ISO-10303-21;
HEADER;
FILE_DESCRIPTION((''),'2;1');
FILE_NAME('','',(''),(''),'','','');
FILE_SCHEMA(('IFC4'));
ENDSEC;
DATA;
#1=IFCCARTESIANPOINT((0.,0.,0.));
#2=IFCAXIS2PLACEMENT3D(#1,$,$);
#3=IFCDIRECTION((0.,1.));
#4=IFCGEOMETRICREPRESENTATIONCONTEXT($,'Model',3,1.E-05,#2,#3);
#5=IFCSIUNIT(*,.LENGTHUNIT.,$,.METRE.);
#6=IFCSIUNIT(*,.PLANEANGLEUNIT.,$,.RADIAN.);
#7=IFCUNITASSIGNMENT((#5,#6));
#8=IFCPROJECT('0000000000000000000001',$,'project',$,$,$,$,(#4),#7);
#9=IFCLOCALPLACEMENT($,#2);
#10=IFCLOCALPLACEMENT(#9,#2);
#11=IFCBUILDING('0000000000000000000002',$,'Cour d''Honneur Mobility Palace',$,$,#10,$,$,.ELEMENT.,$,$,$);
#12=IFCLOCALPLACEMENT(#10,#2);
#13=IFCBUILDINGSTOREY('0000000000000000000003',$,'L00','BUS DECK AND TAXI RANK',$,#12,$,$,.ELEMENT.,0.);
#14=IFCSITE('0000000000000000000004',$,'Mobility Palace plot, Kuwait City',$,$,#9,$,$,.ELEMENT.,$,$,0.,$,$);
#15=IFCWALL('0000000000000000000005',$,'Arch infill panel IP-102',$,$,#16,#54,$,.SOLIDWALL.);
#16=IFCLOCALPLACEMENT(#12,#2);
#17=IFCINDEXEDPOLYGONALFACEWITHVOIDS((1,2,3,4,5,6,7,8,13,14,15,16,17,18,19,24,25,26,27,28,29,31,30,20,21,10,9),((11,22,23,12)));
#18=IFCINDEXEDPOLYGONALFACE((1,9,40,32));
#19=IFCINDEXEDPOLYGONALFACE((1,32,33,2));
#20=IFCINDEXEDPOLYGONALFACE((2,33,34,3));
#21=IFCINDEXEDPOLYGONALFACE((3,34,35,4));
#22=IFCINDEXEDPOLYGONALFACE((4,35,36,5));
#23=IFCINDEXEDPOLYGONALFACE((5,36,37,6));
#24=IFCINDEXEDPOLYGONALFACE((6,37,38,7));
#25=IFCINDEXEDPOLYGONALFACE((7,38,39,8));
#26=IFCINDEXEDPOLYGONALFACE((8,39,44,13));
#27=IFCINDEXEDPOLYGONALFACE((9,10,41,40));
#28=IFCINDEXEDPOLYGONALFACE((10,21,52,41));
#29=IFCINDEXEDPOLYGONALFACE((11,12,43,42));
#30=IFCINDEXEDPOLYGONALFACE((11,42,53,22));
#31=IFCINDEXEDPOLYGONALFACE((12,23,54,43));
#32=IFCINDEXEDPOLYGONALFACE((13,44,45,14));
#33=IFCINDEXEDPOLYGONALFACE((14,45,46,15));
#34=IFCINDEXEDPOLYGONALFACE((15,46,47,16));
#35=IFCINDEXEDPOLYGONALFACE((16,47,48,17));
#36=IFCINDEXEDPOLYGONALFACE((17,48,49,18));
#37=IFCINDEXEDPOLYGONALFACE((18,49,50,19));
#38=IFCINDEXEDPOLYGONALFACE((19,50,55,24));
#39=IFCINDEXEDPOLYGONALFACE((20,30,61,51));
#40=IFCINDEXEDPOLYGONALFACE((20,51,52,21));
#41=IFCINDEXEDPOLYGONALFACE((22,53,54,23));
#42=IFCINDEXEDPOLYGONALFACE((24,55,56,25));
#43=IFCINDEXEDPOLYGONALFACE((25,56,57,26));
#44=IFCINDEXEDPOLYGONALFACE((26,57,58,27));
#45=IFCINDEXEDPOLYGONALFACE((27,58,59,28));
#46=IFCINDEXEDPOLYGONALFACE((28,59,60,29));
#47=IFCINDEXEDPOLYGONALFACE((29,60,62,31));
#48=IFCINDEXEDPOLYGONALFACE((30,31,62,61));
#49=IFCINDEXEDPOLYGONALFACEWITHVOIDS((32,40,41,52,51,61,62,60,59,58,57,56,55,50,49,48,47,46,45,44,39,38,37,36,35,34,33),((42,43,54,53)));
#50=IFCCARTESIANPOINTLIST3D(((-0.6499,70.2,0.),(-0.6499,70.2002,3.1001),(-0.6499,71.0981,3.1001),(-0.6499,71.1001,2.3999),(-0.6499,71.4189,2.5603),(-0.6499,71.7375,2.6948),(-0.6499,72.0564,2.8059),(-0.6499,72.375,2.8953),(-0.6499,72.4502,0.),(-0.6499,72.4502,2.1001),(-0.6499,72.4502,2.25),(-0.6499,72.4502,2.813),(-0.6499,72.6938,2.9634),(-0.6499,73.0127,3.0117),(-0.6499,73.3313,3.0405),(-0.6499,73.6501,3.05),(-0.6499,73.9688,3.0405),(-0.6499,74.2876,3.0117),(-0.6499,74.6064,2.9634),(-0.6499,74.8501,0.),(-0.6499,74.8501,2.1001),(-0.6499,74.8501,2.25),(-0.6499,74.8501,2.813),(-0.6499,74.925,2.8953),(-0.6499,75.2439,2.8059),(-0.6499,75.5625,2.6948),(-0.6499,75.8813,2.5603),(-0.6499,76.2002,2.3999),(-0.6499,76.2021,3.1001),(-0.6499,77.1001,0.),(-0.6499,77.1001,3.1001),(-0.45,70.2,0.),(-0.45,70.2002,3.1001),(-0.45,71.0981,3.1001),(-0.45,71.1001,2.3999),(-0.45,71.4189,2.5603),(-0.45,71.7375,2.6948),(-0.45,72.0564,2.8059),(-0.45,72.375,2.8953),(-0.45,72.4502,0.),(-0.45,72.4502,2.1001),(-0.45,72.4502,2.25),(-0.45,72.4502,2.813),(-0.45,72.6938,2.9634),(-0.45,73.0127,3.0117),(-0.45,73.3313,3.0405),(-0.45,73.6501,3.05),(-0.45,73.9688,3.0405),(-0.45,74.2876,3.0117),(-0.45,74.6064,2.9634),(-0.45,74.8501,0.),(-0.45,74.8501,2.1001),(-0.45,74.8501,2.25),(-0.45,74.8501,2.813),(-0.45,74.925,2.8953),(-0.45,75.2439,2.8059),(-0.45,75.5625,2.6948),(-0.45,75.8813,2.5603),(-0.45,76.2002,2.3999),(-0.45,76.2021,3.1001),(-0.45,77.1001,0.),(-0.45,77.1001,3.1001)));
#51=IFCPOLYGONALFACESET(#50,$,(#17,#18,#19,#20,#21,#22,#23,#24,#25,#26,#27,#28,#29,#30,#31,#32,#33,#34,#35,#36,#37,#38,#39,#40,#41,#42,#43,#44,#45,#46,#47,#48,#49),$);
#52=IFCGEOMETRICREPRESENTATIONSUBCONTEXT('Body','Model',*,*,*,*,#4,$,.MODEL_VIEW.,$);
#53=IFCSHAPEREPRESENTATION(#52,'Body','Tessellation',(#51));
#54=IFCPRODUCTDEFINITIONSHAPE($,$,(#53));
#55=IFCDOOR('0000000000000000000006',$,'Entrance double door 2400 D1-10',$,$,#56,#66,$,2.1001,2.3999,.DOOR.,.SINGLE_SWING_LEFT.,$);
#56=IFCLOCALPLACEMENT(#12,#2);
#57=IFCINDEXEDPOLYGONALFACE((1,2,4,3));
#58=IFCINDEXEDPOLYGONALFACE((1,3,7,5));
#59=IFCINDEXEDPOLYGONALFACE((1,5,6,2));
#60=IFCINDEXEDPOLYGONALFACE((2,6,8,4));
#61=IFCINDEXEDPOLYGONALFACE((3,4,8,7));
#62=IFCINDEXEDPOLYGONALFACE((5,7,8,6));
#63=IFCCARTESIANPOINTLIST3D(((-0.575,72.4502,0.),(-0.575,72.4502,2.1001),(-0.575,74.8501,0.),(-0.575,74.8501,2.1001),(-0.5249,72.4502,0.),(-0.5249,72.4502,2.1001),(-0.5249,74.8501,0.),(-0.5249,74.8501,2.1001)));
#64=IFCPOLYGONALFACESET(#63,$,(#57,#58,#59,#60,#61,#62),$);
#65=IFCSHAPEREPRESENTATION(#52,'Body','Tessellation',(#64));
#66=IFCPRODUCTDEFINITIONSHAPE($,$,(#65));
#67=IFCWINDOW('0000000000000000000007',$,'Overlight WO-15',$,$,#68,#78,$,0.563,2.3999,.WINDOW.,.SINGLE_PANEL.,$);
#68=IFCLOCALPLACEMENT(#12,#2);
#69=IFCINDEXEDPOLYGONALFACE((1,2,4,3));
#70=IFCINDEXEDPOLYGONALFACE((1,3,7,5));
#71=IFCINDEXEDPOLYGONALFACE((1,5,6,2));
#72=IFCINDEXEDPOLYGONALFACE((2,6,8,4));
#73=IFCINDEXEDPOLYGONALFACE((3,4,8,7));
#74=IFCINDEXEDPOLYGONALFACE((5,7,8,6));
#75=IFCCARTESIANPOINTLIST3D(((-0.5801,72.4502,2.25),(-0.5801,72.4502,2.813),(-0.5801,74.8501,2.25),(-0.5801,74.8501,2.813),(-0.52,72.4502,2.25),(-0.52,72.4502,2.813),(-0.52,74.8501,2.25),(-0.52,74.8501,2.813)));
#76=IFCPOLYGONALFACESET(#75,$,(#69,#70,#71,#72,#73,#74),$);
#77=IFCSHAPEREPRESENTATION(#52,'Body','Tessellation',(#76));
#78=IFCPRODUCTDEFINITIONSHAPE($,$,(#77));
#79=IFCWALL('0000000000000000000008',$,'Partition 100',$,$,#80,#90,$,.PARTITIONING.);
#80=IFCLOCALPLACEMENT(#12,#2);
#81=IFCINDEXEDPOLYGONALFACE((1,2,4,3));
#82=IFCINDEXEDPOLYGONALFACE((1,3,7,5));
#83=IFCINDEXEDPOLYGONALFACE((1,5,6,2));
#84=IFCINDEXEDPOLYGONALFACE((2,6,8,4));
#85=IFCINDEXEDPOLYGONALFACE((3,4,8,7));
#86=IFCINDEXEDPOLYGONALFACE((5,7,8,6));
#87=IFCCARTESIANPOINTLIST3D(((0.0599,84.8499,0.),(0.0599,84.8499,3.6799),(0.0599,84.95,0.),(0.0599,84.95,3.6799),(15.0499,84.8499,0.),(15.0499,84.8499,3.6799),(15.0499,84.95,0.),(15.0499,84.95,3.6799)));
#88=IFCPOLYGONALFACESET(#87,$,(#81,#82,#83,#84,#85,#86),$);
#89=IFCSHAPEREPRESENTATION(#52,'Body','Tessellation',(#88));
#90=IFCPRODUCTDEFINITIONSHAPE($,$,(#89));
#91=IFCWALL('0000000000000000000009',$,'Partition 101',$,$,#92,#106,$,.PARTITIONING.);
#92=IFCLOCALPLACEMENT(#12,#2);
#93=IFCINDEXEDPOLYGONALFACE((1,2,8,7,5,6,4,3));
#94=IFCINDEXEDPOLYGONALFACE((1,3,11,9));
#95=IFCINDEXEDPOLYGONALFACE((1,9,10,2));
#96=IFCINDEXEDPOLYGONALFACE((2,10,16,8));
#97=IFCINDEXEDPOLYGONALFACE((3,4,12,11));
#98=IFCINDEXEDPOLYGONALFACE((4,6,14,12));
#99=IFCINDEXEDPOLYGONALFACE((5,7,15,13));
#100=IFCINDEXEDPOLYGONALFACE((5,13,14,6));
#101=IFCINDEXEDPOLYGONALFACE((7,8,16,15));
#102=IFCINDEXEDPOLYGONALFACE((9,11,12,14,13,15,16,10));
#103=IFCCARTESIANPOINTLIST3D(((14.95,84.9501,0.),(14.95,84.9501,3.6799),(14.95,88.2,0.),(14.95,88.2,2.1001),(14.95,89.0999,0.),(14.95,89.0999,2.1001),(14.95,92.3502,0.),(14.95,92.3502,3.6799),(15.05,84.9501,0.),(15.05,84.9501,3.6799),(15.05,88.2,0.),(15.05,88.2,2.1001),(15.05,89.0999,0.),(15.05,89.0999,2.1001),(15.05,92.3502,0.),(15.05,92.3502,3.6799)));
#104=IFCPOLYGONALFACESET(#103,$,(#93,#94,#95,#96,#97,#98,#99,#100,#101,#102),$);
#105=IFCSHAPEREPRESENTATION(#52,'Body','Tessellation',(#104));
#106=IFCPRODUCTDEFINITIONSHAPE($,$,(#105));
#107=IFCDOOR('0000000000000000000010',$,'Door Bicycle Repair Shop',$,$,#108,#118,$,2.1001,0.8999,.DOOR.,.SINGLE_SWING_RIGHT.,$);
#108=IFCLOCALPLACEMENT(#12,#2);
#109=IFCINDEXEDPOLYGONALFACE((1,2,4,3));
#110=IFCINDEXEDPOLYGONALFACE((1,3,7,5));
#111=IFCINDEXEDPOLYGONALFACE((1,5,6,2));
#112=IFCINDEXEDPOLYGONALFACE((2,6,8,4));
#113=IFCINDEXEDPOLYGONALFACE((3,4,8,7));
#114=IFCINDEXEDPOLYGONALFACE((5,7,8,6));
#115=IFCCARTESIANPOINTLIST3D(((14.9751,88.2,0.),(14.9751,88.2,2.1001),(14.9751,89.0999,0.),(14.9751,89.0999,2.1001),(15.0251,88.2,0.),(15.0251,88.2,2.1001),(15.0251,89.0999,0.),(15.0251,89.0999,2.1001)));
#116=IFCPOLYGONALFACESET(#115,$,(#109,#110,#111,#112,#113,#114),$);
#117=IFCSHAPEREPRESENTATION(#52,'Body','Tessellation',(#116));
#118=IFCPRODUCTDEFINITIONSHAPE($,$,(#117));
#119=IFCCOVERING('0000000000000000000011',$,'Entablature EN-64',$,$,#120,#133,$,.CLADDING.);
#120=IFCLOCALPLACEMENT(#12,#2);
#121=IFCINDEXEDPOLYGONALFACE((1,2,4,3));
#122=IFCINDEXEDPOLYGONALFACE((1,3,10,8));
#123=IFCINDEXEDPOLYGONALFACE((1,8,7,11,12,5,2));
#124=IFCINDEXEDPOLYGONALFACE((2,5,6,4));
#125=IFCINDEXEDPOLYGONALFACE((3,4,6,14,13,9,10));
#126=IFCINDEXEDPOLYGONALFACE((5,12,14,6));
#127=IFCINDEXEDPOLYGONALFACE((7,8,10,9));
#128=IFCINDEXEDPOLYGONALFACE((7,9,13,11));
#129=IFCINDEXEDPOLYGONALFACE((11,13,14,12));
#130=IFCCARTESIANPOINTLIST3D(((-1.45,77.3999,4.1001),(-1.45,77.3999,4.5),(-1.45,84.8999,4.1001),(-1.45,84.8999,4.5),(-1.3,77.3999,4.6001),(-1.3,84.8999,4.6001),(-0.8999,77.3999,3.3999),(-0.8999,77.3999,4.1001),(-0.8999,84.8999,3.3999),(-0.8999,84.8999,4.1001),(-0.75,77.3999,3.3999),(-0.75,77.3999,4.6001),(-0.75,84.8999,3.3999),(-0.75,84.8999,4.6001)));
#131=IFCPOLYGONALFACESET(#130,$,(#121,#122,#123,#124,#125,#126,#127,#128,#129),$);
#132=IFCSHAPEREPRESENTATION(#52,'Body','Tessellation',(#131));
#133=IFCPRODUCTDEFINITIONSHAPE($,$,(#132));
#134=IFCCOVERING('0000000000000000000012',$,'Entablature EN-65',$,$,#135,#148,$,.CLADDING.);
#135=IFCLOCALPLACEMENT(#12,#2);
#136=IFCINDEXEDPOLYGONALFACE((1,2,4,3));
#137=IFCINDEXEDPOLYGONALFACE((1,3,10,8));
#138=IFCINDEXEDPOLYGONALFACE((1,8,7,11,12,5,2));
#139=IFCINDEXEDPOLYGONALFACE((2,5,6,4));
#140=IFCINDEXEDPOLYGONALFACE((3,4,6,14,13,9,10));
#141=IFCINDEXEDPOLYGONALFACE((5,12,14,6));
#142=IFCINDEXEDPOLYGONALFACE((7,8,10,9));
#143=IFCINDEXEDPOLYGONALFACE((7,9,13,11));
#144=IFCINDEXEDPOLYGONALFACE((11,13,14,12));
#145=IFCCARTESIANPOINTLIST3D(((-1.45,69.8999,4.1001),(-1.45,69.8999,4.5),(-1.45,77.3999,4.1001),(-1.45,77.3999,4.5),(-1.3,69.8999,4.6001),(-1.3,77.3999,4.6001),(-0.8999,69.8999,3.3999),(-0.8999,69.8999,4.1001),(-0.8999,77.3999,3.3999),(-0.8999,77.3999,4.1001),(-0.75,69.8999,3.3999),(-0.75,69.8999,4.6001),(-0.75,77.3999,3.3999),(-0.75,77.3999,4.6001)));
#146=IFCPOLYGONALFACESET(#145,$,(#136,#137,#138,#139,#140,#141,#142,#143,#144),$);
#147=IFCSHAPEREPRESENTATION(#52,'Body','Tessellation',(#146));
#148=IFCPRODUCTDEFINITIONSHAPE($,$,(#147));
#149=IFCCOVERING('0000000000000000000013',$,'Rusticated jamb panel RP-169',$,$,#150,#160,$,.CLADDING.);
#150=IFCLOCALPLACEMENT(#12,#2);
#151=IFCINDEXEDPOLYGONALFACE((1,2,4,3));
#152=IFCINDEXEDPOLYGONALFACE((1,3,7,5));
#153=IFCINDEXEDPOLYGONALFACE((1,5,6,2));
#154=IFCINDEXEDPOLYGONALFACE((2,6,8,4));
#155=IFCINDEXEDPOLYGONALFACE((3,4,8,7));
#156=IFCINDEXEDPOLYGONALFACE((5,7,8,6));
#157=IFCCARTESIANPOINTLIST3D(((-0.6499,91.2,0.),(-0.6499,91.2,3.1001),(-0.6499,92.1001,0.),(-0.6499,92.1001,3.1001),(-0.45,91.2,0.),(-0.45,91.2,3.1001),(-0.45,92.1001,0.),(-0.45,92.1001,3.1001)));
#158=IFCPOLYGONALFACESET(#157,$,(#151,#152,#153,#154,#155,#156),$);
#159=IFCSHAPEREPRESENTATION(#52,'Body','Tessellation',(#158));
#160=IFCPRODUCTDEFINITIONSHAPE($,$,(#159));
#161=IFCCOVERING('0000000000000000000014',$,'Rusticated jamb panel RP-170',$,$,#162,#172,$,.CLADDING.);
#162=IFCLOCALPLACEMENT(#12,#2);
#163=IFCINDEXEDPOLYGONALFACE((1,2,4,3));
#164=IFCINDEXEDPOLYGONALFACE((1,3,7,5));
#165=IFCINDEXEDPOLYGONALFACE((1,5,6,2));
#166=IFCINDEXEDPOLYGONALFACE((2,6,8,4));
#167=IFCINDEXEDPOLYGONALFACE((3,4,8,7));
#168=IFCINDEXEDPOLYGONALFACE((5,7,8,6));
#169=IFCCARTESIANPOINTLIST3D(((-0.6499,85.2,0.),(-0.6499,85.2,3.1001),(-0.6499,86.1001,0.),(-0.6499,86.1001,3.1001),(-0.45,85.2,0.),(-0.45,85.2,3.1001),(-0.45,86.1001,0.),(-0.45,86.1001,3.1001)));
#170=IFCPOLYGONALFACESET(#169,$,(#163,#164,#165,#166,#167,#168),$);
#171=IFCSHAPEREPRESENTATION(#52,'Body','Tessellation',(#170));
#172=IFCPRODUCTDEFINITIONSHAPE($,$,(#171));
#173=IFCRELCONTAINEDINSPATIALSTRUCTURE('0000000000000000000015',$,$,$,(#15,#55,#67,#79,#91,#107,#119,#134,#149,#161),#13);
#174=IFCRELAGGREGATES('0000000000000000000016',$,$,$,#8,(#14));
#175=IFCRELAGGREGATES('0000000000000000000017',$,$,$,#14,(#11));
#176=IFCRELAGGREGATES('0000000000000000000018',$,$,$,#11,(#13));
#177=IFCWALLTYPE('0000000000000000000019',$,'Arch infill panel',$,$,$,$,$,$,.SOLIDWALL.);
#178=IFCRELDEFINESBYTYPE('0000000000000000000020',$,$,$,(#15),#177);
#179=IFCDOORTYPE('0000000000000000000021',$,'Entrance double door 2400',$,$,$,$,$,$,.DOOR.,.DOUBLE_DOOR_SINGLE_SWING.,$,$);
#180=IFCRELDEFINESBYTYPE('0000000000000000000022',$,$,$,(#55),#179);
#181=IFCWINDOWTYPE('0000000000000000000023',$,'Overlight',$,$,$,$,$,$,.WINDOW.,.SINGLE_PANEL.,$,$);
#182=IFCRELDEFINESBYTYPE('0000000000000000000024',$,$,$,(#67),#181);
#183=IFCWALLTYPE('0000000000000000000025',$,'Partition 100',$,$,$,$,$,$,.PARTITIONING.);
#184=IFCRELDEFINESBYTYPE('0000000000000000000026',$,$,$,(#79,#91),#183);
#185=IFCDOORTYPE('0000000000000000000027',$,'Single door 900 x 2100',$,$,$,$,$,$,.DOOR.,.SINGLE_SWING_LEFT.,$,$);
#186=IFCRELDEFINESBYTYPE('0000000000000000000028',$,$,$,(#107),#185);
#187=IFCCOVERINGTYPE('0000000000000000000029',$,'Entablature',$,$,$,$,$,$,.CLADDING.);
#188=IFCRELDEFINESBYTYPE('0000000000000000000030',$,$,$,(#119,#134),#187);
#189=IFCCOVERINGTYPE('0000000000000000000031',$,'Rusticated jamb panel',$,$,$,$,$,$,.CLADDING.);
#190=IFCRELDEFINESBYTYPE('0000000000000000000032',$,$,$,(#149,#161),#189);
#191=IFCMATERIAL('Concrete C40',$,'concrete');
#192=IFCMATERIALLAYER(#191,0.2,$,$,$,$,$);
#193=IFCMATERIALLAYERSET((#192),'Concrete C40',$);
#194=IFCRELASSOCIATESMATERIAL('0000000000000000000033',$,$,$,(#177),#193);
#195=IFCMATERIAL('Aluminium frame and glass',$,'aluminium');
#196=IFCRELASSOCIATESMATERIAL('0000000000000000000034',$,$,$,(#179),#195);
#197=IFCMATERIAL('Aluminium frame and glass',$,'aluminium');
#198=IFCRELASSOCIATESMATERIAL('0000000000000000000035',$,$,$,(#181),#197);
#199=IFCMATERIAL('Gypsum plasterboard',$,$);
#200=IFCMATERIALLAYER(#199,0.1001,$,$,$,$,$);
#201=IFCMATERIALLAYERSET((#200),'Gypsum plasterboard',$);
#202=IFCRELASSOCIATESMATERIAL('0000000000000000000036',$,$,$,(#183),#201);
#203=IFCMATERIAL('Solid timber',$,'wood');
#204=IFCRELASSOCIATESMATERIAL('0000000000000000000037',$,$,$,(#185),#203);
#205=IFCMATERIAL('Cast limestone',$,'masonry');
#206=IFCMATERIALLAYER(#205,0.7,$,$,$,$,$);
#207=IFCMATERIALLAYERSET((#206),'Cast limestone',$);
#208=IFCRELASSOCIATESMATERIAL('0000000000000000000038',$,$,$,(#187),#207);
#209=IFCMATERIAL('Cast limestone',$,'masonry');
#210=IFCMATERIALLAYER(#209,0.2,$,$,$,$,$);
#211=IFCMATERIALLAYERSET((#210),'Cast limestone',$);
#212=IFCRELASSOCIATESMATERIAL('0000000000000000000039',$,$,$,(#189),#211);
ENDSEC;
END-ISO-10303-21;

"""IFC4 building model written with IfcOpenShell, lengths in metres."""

from ifc_helpers import new_model, si_unit, direction, frame, frame_2d, origin, place, context, subcontext, project, spatial, polyline, rectangle, outline, extrude, material, layer, layer_set, type_object, element, fill, save


model = new_model("IFC4")

# Units and contexts
model_context = context("Model", 3, precision=1e-05, world=origin(), true_north=direction((0.0, 1.0)))
body_context = subcontext(model_context, "Body", "Model", "MODEL_VIEW")
ifc_project = project(units=[si_unit("LENGTHUNIT", "METRE"), si_unit("PLANEANGLEUNIT", "RADIAN")], contexts=[model_context])

# Site, building, storey
site_placement = place(None, origin())
site = spatial("IfcSite", under=ifc_project, at=site_placement, Name="Mobility Palace plot, Kuwait City", CompositionType="ELEMENT", RefElevation=0.0)
building_placement = place(site_placement, origin())
building = spatial("IfcBuilding", under=site, at=building_placement, Name="Cour d'Honneur Mobility Palace", CompositionType="ELEMENT")
storey_placement = place(building_placement, origin())
storey = spatial("IfcBuildingStorey", under=building, at=storey_placement, Name="L00", Description="BUS DECK AND TAXI RANK", CompositionType="ELEMENT", Elevation=0.0)

# Shared definitions
ifc_material_1 = material(Name="Concrete C40", Category="concrete")
ifc_layer_1 = layer(ifc_material_1, 0.2)
ifc_layer_set_1 = layer_set([ifc_layer_1], Name="Concrete C40")
wall_type_1 = type_object("IfcWallType", Name="Arch infill panel", PredefinedType="SOLIDWALL", material=ifc_layer_set_1)
ifc_material_2 = material(Name="Aluminium frame and glass", Category="aluminium")
door_type_1 = type_object("IfcDoorType", Name="Entrance double door 2400", OperationType="DOUBLE_DOOR_SINGLE_SWING", PredefinedType="DOOR", material=ifc_material_2)
ifc_material_3 = material(Name="Aluminium frame and glass", Category="aluminium")
window_type_1 = type_object("IfcWindowType", Name="Overlight", PartitioningType="SINGLE_PANEL", PredefinedType="WINDOW", material=ifc_material_3)

# Wall, openings, door, window
wall_1_placement = place(storey_placement, frame((-0.55, 77.1001, 0.0), z_axis=(0.0, 0.0, 1.0), x_axis=(0.0, -1.0, 0.0)))
wall_1 = element("IfcWall", 1, at=wall_1_placement, inside=storey, type_object=wall_type_1, Name="Arch infill panel IP-102", PredefinedType="SOLIDWALL", context=body_context, shape_type="SweptSolid", body=[
    extrude(outline(polyline([(0.0, 0.0), (6.9001, 0.0), (6.8999, 3.1001), (6.002, 3.1001), (6.0, 2.3999), (5.6812, 2.5603), (5.3625, 2.6948), (5.0437, 2.8059), (4.7251, 2.8953), (4.4062, 2.9634), (4.0874, 3.0117), (3.7688, 3.0405), (3.45, 3.05), (3.1313, 3.0405), (2.8125, 3.0117), (2.4937, 2.9634), (2.175, 2.8953), (1.8562, 2.8059), (1.5376, 2.6948), (1.2188, 2.5603), (0.8999, 2.3999), (0.8979, 3.1001), (0.0, 3.1001), (0.0, 0.0)])), frame((0.0, 0.1001, 0.0), z_axis=(0.0, -1.0, 0.0), x_axis=(1.0, 0.0, 0.0)), (0.0, 0.0, 1.0), 0.2),
])
opening_1_placement = place(wall_1_placement, frame((2.25, 0.0, 0.0)))
opening_1 = element("IfcOpeningElement", 2, at=opening_1_placement, cuts=wall_1, PredefinedType="OPENING", context=body_context, shape_type="SweptSolid", body=[
    extrude(rectangle(XDim=2.3999, YDim=2.1001, at=frame_2d((1.2, 1.05))), frame((0.0, 0.1099, 0.0), z_axis=(0.0, -1.0, 0.0), x_axis=(1.0, 0.0, 0.0)), (0.0, 0.0, 1.0), 0.22),
])
opening_2_placement = place(wall_1_placement, frame((2.25, 0.0, 2.25)))
opening_2 = element("IfcOpeningElement", 3, at=opening_2_placement, cuts=wall_1, PredefinedType="OPENING", context=body_context, shape_type="SweptSolid", body=[
    extrude(rectangle(XDim=2.3999, YDim=0.563, at=frame_2d((1.2, 0.2815))), frame((0.0, 0.1099, 0.0), z_axis=(0.0, -1.0, 0.0), x_axis=(1.0, 0.0, 0.0)), (0.0, 0.0, 1.0), 0.22),
])
door_1_placement = place(opening_1_placement, frame((2.3999, 0.0, 0.0), z_axis=(0.0, 0.0, 1.0), x_axis=(-1.0, 0.0, 0.0)))
door_1 = element("IfcDoor", 4, at=door_1_placement, inside=storey, type_object=door_type_1, Name="Entrance double door 2400 D1-10", OperationType="SINGLE_SWING_LEFT", OverallHeight=2.1001, OverallWidth=2.3999, PredefinedType="DOOR", context=body_context, shape_type="SweptSolid", body=[
    extrude(rectangle(XDim=2.3999, YDim=2.1001, at=frame_2d((1.2, 1.05))), frame((0.0, 0.0249, 0.0), z_axis=(0.0, -1.0, 0.0), x_axis=(1.0, 0.0, 0.0)), (0.0, 0.0, 1.0), 0.05),
])
fill(opening_1, door_1)
window_1_placement = place(opening_2_placement, origin())
window_1 = element("IfcWindow", 5, at=window_1_placement, inside=storey, type_object=window_type_1, Name="Overlight WO-15", OverallHeight=0.563, OverallWidth=2.3999, PartitioningType="SINGLE_PANEL", PredefinedType="WINDOW", context=body_context, shape_type="SweptSolid", body=[
    extrude(rectangle(XDim=2.3999, YDim=0.563, at=frame_2d((1.2, 0.2815))), frame((0.0, 0.03, 0.0), z_axis=(0.0, -1.0, 0.0), x_axis=(1.0, 0.0, 0.0)), (0.0, 0.0, 1.0), 0.0601),
])
fill(opening_2, window_1)

# Wall
ifc_material_4 = material(Name="Gypsum plasterboard")
ifc_layer_2 = layer(ifc_material_4, 0.1001)
ifc_layer_set_2 = layer_set([ifc_layer_2], Name="Gypsum plasterboard")
wall_type_2 = type_object("IfcWallType", Name="Partition 100", PredefinedType="PARTITIONING", material=ifc_layer_set_2)
wall_2_placement = place(storey_placement, frame((15.05, 84.8999, 0.0), z_axis=(0.0, 0.0, 1.0), x_axis=(-1.0, 0.0, 0.0)))
element("IfcWall", 6, at=wall_2_placement, inside=storey, type_object=wall_type_2, Name="Partition 100", PredefinedType="PARTITIONING", context=body_context, shape_type="SweptSolid", body=[
    extrude(rectangle(XDim=14.99, YDim=0.1001, at=frame_2d((7.4951, 0.0))), origin(), (0.0, 0.0, 1.0), 3.6799),
])

# Wall, opening, door
wall_3_placement = place(storey_placement, frame((15.0, 84.95, 0.0), z_axis=(0.0, 0.0, 1.0), x_axis=(0.0, 1.0, 0.0)))
wall_3 = element("IfcWall", 7, at=wall_3_placement, inside=storey, type_object=wall_type_2, Name="Partition 101", PredefinedType="PARTITIONING", context=body_context, shape_type="SweptSolid", body=[
    extrude(rectangle(XDim=7.4001, YDim=0.1001, at=frame_2d((3.7002, 0.0))), origin(), (0.0, 0.0, 1.0), 3.6799),
])
opening_3_placement = place(wall_3_placement, frame((3.25, 0.0, 0.0)))
opening_3 = element("IfcOpeningElement", 8, at=opening_3_placement, cuts=wall_3, PredefinedType="OPENING", context=body_context, shape_type="SweptSolid", body=[
    extrude(rectangle(XDim=0.8999, YDim=2.1001, at=frame_2d((0.45, 1.05))), frame((0.0, 0.0601, 0.0), z_axis=(0.0, -1.0, 0.0), x_axis=(1.0, 0.0, 0.0)), (0.0, 0.0, 1.0), 0.1201),
])
ifc_material_5 = material(Name="Solid timber", Category="wood")
door_type_2 = type_object("IfcDoorType", Name="Single door 900 x 2100", OperationType="SINGLE_SWING_LEFT", PredefinedType="DOOR", material=ifc_material_5)
door_2_placement = place(opening_3_placement, origin())
door_2 = element("IfcDoor", 9, at=door_2_placement, inside=storey, type_object=door_type_2, Name="Door Bicycle Repair Shop", OperationType="SINGLE_SWING_RIGHT", OverallHeight=2.1001, OverallWidth=0.8999, PredefinedType="DOOR", context=body_context, shape_type="SweptSolid", body=[
    extrude(rectangle(XDim=0.8999, YDim=2.1001, at=frame_2d((0.45, 1.05))), frame((0.0, 0.0249, 0.0), z_axis=(0.0, -1.0, 0.0), x_axis=(1.0, 0.0, 0.0)), (0.0, 0.0, 1.0), 0.05),
])
fill(opening_3, door_2)

# Coverings
ifc_material_6 = material(Name="Cast limestone", Category="masonry")
ifc_layer_3 = layer(ifc_material_6, 0.7)
ifc_layer_set_3 = layer_set([ifc_layer_3], Name="Cast limestone")
covering_type_1 = type_object("IfcCoveringType", Name="Entablature", PredefinedType="CLADDING", material=ifc_layer_set_3)
for number, where, z_axis, x_axis, name in (
    (10, (-0.75, 84.8999, 3.3999), (0.0, 1.0, 0.0), (-1.0, 0.0, 0.0), "Entablature EN-64"),
    (11, (-0.75, 77.3999, 3.3999), (0.0, 1.0, 0.0), (-1.0, 0.0, 0.0), "Entablature EN-65"),
):
    element("IfcCovering", number, at=place(storey_placement, frame(where, z_axis=z_axis, x_axis=x_axis)), inside=storey, type_object=covering_type_1, Name=name, PredefinedType="CLADDING", context=body_context, shape_type="SweptSolid", body=[
        extrude(outline(polyline([(0.0, 0.0), (0.1499, 0.0), (0.1499, 0.7002), (0.7, 0.7002), (0.7, 1.1001), (0.55, 1.2002), (0.0, 1.2002), (0.0, 0.0)])), origin(), (0.0, 0.0, -1.0), 7.5),
    ])
ifc_material_7 = material(Name="Cast limestone", Category="masonry")
ifc_layer_4 = layer(ifc_material_7, 0.2)
ifc_layer_set_4 = layer_set([ifc_layer_4], Name="Cast limestone")
covering_type_2 = type_object("IfcCoveringType", Name="Rusticated jamb panel", PredefinedType="CLADDING", material=ifc_layer_set_4)
for number, where, z_axis, x_axis, name in (
    (12, (-0.6499, 92.1001, 0.0), (-1.0, 0.0, 0.0), (0.0, -1.0, 0.0), "Rusticated jamb panel RP-169"),
    (13, (-0.6499, 86.1001, 0.0), (-1.0, 0.0, 0.0), (0.0, -1.0, 0.0), "Rusticated jamb panel RP-170"),
):
    element("IfcCovering", number, at=place(storey_placement, frame(where, z_axis=z_axis, x_axis=x_axis)), inside=storey, type_object=covering_type_2, Name=name, PredefinedType="CLADDING", context=body_context, shape_type="SweptSolid", body=[
        extrude(outline(polyline([(0.0, 0.0), (0.9001, 0.0), (0.9001, 3.1001), (0.0, 3.1001), (0.0, 0.0)])), origin(), (0.0, 0.0, -1.0), 0.2),
    ])

save(model, "model.ifc")
